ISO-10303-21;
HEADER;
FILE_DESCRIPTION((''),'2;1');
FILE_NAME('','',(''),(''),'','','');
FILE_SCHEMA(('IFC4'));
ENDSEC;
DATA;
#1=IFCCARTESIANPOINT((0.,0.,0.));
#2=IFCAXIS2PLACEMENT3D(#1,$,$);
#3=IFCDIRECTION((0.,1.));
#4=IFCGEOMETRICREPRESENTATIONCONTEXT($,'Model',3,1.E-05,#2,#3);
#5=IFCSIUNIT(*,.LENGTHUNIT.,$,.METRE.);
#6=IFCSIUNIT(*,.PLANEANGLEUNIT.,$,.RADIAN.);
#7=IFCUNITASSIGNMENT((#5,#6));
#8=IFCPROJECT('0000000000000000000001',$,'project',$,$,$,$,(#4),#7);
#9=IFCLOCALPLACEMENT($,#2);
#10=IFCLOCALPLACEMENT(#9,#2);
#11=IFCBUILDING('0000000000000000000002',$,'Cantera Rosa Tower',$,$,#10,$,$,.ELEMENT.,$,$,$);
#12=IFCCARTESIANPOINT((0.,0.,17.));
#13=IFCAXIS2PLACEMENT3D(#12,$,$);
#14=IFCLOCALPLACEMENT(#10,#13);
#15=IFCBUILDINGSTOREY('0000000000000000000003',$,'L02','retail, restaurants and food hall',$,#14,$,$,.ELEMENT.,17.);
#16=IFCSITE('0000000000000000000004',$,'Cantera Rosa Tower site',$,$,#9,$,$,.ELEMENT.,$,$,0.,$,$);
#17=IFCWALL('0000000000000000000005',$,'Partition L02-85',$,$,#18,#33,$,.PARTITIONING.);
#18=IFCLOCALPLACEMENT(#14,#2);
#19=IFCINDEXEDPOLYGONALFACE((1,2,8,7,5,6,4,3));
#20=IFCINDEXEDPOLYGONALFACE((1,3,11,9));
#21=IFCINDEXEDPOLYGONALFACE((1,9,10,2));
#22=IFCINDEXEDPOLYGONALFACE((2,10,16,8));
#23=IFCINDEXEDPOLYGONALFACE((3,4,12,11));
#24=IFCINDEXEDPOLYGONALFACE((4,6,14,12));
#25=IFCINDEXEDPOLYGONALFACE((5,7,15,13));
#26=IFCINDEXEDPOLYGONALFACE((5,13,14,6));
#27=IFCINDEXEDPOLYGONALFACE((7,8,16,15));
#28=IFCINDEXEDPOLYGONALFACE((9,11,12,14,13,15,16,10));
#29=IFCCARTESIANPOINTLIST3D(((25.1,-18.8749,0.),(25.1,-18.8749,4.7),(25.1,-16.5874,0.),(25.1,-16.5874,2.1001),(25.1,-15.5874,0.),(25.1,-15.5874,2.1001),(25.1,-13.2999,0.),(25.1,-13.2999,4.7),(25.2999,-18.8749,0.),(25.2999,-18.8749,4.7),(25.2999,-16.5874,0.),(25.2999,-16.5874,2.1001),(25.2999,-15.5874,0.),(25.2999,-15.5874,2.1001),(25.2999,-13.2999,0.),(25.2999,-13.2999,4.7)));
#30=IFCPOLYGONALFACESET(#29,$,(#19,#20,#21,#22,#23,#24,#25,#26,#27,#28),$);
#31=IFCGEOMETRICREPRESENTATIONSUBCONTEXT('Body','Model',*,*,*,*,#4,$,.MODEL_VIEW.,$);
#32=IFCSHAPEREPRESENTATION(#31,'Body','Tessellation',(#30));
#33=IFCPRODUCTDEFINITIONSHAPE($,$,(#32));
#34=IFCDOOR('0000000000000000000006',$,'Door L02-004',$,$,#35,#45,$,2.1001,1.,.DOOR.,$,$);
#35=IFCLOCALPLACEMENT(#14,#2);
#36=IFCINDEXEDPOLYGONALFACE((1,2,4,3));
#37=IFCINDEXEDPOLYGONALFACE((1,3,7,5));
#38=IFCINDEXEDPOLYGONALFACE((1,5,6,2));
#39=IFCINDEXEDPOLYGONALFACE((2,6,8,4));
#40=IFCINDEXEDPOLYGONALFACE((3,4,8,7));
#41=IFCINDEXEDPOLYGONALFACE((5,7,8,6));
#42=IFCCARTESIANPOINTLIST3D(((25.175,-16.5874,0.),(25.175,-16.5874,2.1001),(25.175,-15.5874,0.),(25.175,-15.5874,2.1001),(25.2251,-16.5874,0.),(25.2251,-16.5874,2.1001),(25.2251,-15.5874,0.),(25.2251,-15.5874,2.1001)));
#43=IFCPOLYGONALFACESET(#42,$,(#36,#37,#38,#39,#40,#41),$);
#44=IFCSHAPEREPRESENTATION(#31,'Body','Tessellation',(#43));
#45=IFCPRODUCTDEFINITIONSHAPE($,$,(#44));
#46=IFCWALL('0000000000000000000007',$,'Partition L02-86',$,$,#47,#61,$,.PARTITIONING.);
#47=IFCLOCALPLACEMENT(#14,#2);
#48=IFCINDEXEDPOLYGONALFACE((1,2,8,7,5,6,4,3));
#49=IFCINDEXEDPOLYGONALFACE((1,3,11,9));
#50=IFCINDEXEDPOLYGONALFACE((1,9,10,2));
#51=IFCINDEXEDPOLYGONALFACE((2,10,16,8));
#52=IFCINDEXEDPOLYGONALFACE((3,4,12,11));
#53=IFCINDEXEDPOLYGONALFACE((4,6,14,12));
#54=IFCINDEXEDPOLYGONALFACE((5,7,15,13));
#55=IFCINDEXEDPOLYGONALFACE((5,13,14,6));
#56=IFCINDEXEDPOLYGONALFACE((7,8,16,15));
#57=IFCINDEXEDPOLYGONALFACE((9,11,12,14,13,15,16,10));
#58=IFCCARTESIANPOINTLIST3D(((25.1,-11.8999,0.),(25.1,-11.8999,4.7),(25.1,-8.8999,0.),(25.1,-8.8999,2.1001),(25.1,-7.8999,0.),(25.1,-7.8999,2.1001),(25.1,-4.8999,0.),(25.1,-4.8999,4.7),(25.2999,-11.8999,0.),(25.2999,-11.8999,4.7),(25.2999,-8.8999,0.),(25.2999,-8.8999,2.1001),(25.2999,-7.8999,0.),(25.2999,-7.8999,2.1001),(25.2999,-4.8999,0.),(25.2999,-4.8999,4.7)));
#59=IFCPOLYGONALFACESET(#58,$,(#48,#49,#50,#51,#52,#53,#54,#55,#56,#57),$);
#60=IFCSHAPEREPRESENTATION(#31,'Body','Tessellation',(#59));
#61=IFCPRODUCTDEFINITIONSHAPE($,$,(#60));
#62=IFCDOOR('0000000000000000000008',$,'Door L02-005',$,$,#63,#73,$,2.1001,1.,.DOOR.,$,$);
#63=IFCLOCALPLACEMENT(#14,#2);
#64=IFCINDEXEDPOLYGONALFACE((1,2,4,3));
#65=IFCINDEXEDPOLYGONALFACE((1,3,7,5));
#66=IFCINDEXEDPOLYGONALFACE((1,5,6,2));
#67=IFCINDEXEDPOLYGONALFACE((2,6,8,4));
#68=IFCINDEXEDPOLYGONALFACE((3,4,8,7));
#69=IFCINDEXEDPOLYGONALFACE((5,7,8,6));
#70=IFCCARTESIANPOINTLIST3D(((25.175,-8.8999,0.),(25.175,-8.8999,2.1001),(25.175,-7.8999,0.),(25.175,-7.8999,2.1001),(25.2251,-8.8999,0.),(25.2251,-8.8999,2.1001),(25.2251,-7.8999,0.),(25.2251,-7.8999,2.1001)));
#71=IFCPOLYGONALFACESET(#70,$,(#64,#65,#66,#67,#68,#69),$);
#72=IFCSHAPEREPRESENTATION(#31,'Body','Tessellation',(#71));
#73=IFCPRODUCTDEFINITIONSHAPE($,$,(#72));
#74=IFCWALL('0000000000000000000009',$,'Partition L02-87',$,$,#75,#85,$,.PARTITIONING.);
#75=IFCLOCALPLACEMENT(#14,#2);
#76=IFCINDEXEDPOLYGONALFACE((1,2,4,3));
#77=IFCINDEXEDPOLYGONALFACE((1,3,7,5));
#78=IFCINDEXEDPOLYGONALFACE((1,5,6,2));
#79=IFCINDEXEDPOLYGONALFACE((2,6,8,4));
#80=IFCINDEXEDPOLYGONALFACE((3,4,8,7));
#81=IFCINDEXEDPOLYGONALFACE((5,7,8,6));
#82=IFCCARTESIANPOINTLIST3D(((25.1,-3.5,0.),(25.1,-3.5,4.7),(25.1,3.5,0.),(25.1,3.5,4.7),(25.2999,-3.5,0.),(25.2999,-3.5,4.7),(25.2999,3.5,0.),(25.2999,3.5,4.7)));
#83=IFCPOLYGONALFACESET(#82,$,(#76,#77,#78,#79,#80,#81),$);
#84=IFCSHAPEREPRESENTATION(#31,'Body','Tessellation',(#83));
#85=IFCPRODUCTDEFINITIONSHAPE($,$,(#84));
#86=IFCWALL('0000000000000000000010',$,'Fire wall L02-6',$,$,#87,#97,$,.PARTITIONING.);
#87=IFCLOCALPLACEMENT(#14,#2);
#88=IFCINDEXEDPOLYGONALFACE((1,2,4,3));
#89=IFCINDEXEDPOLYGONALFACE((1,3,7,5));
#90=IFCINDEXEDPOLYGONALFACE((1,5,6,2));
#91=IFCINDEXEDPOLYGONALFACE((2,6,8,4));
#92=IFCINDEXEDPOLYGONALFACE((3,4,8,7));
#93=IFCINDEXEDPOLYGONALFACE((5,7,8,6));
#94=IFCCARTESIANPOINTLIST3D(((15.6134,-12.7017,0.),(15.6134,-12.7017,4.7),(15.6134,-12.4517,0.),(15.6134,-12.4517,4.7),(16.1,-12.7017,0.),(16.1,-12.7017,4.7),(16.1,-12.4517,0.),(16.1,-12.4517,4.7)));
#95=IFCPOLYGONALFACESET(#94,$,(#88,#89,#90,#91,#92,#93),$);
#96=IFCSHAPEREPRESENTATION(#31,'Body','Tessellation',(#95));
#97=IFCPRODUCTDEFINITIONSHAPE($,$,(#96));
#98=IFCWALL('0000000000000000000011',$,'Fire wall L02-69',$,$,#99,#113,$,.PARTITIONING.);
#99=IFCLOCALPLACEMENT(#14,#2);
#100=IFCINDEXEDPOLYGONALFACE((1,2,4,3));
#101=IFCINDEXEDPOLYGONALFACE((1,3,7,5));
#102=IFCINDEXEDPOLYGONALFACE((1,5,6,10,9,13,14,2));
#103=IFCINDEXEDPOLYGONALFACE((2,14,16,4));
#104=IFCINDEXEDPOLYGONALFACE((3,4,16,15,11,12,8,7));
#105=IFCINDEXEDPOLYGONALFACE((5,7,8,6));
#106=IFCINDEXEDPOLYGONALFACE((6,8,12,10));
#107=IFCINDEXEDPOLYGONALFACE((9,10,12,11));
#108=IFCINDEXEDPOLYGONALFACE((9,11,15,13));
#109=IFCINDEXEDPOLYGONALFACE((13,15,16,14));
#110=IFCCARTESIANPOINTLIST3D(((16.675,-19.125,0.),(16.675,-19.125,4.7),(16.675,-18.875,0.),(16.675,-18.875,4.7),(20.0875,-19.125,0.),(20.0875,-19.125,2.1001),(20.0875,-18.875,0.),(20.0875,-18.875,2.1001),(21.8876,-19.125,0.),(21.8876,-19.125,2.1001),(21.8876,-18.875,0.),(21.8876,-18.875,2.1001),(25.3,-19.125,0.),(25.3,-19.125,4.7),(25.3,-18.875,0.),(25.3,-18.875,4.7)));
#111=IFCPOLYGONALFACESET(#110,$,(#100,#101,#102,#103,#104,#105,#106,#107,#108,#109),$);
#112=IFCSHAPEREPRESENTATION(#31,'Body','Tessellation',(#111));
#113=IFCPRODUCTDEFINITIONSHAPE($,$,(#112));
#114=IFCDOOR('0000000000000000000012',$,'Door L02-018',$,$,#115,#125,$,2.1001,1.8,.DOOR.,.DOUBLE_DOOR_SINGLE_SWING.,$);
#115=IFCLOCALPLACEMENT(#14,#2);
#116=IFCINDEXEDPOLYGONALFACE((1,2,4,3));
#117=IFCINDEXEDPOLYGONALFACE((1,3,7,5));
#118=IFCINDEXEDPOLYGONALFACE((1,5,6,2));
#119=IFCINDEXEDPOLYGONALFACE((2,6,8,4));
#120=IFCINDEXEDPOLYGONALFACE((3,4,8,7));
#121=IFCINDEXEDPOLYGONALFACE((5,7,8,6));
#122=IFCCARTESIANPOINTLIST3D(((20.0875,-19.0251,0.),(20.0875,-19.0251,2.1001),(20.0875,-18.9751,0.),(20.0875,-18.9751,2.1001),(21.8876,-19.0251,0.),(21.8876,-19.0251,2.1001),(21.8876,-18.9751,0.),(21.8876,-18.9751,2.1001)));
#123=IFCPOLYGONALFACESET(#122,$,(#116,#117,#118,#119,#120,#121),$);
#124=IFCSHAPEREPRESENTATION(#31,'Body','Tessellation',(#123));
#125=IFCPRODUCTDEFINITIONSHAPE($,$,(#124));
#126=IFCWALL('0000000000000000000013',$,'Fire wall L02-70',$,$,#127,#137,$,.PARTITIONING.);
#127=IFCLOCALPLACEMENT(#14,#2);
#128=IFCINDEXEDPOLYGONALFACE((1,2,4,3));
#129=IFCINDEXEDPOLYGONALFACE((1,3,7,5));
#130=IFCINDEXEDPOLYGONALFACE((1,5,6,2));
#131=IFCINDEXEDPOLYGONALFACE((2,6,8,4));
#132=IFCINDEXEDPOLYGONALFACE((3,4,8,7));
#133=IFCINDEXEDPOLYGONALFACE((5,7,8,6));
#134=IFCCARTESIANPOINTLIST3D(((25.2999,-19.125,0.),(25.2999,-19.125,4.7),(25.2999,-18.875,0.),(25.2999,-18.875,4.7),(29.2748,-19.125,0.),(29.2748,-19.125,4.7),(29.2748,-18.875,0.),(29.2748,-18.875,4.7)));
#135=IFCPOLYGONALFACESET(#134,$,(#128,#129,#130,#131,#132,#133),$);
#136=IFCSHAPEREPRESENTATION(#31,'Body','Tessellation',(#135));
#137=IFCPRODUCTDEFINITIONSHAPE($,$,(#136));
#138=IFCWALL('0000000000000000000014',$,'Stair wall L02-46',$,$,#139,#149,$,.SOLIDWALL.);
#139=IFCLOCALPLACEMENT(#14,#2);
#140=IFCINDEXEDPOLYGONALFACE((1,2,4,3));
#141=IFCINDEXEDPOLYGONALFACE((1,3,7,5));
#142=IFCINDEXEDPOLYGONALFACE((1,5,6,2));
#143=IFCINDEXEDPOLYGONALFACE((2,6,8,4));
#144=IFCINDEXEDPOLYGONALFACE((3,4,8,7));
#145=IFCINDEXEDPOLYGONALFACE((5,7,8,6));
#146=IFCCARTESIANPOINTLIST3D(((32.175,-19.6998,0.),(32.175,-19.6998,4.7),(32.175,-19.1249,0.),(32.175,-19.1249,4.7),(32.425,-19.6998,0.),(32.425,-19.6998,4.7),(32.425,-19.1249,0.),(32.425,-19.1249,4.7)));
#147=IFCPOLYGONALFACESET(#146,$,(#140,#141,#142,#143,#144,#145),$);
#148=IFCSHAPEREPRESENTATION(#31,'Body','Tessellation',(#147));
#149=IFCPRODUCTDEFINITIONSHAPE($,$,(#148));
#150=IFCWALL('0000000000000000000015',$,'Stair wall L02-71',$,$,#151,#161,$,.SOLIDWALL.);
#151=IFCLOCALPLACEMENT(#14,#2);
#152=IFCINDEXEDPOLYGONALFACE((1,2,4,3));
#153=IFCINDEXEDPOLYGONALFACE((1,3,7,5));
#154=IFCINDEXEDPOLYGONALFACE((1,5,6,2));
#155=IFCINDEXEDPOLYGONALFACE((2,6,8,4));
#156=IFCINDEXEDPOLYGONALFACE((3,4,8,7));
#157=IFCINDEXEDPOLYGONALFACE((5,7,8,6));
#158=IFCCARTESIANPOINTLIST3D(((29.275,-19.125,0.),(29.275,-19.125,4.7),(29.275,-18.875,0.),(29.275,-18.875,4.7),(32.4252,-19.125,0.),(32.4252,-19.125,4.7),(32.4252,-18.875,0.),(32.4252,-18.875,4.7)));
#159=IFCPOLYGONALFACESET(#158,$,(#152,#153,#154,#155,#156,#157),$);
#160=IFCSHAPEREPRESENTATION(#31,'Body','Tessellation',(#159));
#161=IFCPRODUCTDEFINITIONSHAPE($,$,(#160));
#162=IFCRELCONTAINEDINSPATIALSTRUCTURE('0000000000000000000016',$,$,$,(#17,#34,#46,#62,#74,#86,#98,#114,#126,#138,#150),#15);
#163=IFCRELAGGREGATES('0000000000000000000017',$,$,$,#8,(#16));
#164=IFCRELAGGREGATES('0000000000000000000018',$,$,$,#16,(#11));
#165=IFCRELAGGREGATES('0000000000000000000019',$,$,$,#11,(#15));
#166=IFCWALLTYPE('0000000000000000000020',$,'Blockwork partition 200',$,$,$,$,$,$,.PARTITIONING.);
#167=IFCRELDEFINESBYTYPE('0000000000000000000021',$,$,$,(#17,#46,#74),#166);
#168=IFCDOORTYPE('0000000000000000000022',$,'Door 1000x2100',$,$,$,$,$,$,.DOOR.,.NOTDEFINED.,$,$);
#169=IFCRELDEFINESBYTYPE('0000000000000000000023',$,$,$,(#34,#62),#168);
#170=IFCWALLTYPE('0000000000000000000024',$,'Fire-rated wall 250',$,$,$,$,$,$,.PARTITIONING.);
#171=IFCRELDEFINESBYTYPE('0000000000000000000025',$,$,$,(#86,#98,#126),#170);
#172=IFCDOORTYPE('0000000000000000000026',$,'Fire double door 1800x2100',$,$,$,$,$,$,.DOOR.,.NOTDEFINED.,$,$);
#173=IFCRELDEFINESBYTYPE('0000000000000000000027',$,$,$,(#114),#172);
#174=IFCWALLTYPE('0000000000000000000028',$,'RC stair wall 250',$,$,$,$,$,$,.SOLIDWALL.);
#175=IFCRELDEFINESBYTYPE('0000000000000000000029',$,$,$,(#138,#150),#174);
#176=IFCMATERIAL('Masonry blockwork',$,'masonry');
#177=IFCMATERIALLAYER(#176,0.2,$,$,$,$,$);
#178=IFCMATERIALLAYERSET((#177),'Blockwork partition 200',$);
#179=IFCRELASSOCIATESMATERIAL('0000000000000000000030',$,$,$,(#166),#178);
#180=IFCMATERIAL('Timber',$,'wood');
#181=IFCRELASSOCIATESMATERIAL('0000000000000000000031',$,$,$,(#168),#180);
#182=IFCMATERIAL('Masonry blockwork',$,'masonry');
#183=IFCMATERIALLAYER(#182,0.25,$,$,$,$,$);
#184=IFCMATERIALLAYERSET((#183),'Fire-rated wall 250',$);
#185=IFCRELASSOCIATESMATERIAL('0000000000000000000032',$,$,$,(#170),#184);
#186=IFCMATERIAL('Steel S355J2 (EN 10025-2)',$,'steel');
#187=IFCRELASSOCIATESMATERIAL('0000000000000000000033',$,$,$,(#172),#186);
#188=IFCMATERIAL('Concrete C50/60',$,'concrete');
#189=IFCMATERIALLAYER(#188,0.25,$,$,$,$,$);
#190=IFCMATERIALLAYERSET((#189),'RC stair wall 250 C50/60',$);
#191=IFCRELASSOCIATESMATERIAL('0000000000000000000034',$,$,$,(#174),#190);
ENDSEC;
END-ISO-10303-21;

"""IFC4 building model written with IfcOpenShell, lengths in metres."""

from ifc_helpers import new_model, si_unit, direction, frame, frame_2d, origin, place, context, subcontext, project, spatial, rectangle, extrude, material, layer, layer_set, type_object, element, fill, save


model = new_model("IFC4")

# Units and contexts
model_context = context("Model", 3, precision=1e-05, world=origin(), true_north=direction((0.0, 1.0)))
body_context = subcontext(model_context, "Body", "Model", "MODEL_VIEW")
ifc_project = project(units=[si_unit("LENGTHUNIT", "METRE"), si_unit("PLANEANGLEUNIT", "RADIAN")], contexts=[model_context])

# Site, building, storey
site_placement = place(None, origin())
site = spatial("IfcSite", under=ifc_project, at=site_placement, Name="Cantera Rosa Tower site", CompositionType="ELEMENT", RefElevation=0.0)
building_placement = place(site_placement, origin())
building = spatial("IfcBuilding", under=site, at=building_placement, Name="Cantera Rosa Tower", CompositionType="ELEMENT")
storey_placement = place(building_placement, frame((0.0, 0.0, 17.0)))
storey = spatial("IfcBuildingStorey", under=building, at=storey_placement, Name="L02", Description="retail, restaurants and food hall", CompositionType="ELEMENT", Elevation=17.0)

# Shared definitions
ifc_material_1 = material(Name="Masonry blockwork", Category="masonry")
ifc_layer_1 = layer(ifc_material_1, 0.2)
ifc_layer_set_1 = layer_set([ifc_layer_1], Name="Blockwork partition 200")
wall_type_1 = type_object("IfcWallType", Name="Blockwork partition 200", PredefinedType="PARTITIONING", material=ifc_layer_set_1)

# Shared definitions
ifc_material_2 = material(Name="Timber", Category="wood")
door_type_1 = type_object("IfcDoorType", Name="Door 1000x2100", OperationType="NOTDEFINED", PredefinedType="DOOR", material=ifc_material_2)

# Walls, openings, doors
wall_1_placement = place(storey_placement, frame((25.2, -18.875, 0.0), z_axis=(0.0, 0.0, 1.0), x_axis=(0.0, 1.0, 0.0)))
wall_1 = element("IfcWall", 1, at=wall_1_placement, inside=storey, type_object=wall_type_1, Name="Partition L02-85", PredefinedType="PARTITIONING", context=body_context, shape_type="SweptSolid", body=[
    extrude(rectangle(XDim=5.575, YDim=0.2, at=frame_2d((2.7876, 0.0))), origin(), (0.0, 0.0, 1.0), 4.7),
])
opening_1_placement = place(wall_1_placement, frame((2.2876, 0.0, 0.0)))
opening_1 = element("IfcOpeningElement", 2, at=opening_1_placement, cuts=wall_1, PredefinedType="OPENING", context=body_context, shape_type="SweptSolid", body=[
    extrude(rectangle(XDim=1.0, YDim=2.1001, at=frame_2d((0.5, 1.05))), frame((0.0, 0.1099, 0.0), z_axis=(0.0, -1.0, 0.0), x_axis=(1.0, 0.0, 0.0)), (0.0, 0.0, 1.0), 0.22),
])
door_1_placement = place(opening_1_placement, origin())
door_1 = element("IfcDoor", 3, at=door_1_placement, inside=storey, type_object=door_type_1, Name="Door L02-004", OverallHeight=2.1001, OverallWidth=1.0, PredefinedType="DOOR", context=body_context, shape_type="SweptSolid", body=[
    extrude(rectangle(XDim=1.0, YDim=2.1001, at=frame_2d((0.5, 1.05))), frame((0.0, 0.0249, 0.0), z_axis=(0.0, -1.0, 0.0), x_axis=(1.0, 0.0, 0.0)), (0.0, 0.0, 1.0), 0.05),
])
fill(opening_1, door_1)
wall_2_placement = place(storey_placement, frame((25.2, -11.8999, 0.0), z_axis=(0.0, 0.0, 1.0), x_axis=(0.0, 1.0, 0.0)))
wall_2 = element("IfcWall", 4, at=wall_2_placement, inside=storey, type_object=wall_type_1, Name="Partition L02-86", PredefinedType="PARTITIONING", context=body_context, shape_type="SweptSolid", body=[
    extrude(rectangle(XDim=7.0, YDim=0.2, at=frame_2d((3.5, 0.0))), origin(), (0.0, 0.0, 1.0), 4.7),
])
opening_2_placement = place(wall_2_placement, frame((3.0, 0.0, 0.0)))
opening_2 = element("IfcOpeningElement", 5, at=opening_2_placement, cuts=wall_2, PredefinedType="OPENING", context=body_context, shape_type="SweptSolid", body=[
    extrude(rectangle(XDim=1.0, YDim=2.1001, at=frame_2d((0.5, 1.05))), frame((0.0, 0.1099, 0.0), z_axis=(0.0, -1.0, 0.0), x_axis=(1.0, 0.0, 0.0)), (0.0, 0.0, 1.0), 0.22),
])
door_2_placement = place(opening_2_placement, origin())
door_2 = element("IfcDoor", 6, at=door_2_placement, inside=storey, type_object=door_type_1, Name="Door L02-005", OverallHeight=2.1001, OverallWidth=1.0, PredefinedType="DOOR", context=body_context, shape_type="SweptSolid", body=[
    extrude(rectangle(XDim=1.0, YDim=2.1001, at=frame_2d((0.5, 1.05))), frame((0.0, 0.0249, 0.0), z_axis=(0.0, -1.0, 0.0), x_axis=(1.0, 0.0, 0.0)), (0.0, 0.0, 1.0), 0.05),
])
fill(opening_2, door_2)

# Walls
wall_3_placement = place(storey_placement, frame((25.2, -3.5, 0.0), z_axis=(0.0, 0.0, 1.0), x_axis=(0.0, 1.0, 0.0)))
element("IfcWall", 7, at=wall_3_placement, inside=storey, type_object=wall_type_1, Name="Partition L02-87", PredefinedType="PARTITIONING", context=body_context, shape_type="SweptSolid", body=[
    extrude(rectangle(XDim=7.0, YDim=0.2, at=frame_2d((3.5, 0.0))), origin(), (0.0, 0.0, 1.0), 4.7),
])
ifc_material_3 = material(Name="Masonry blockwork", Category="masonry")
ifc_layer_2 = layer(ifc_material_3, 0.25)
ifc_layer_set_2 = layer_set([ifc_layer_2], Name="Fire-rated wall 250")
wall_type_2 = type_object("IfcWallType", Name="Fire-rated wall 250", PredefinedType="PARTITIONING", material=ifc_layer_set_2)
wall_4_placement = place(storey_placement, frame((15.6135, -12.5767, 0.0), z_axis=(0.0, 0.0, 1.0), x_axis=(1.0, 0.0, 0.0)))
element("IfcWall", 8, at=wall_4_placement, inside=storey, type_object=wall_type_2, Name="Fire wall L02-6", PredefinedType="PARTITIONING", context=body_context, shape_type="SweptSolid", body=[
    extrude(rectangle(XDim=0.4866, YDim=0.25, at=frame_2d((0.2432, 0.0))), origin(), (0.0, 0.0, 1.0), 4.7),
])

# Wall, opening, door
wall_5_placement = place(storey_placement, frame((16.675, -19.0, 0.0), z_axis=(0.0, 0.0, 1.0), x_axis=(1.0, 0.0, 0.0)))
wall_5 = element("IfcWall", 9, at=wall_5_placement, inside=storey, type_object=wall_type_2, Name="Fire wall L02-69", PredefinedType="PARTITIONING", context=body_context, shape_type="SweptSolid", body=[
    extrude(rectangle(XDim=8.625, YDim=0.25, at=frame_2d((4.3125, 0.0))), origin(), (0.0, 0.0, 1.0), 4.7),
])
opening_3_placement = place(wall_5_placement, frame((3.4126, 0.0, 0.0)))
opening_3 = element("IfcOpeningElement", 10, at=opening_3_placement, cuts=wall_5, PredefinedType="OPENING", context=body_context, shape_type="SweptSolid", body=[
    extrude(rectangle(XDim=1.8, YDim=2.1001, at=frame_2d((0.8999, 1.05))), frame((0.0, 0.135, 0.0), z_axis=(0.0, -1.0, 0.0), x_axis=(1.0, 0.0, 0.0)), (0.0, 0.0, 1.0), 0.27),
])
ifc_material_4 = material(Name="Steel S355J2 (EN 10025-2)", Category="steel")
door_type_2 = type_object("IfcDoorType", Name="Fire double door 1800x2100", OperationType="NOTDEFINED", PredefinedType="DOOR", material=ifc_material_4)
door_3_placement = place(opening_3_placement, origin())
door_3 = element("IfcDoor", 11, at=door_3_placement, inside=storey, type_object=door_type_2, Name="Door L02-018", OperationType="DOUBLE_DOOR_SINGLE_SWING", OverallHeight=2.1001, OverallWidth=1.8, PredefinedType="DOOR", context=body_context, shape_type="SweptSolid", body=[
    extrude(rectangle(XDim=1.8, YDim=2.1001, at=frame_2d((0.8999, 1.05))), frame((0.0, 0.0249, 0.0), z_axis=(0.0, -1.0, 0.0), x_axis=(1.0, 0.0, 0.0)), (0.0, 0.0, 1.0), 0.05),
])
fill(opening_3, door_3)

# Walls
wall_6_placement = place(storey_placement, frame((25.3, -19.0, 0.0), z_axis=(0.0, 0.0, 1.0), x_axis=(1.0, 0.0, 0.0)))
element("IfcWall", 12, at=wall_6_placement, inside=storey, type_object=wall_type_2, Name="Fire wall L02-70", PredefinedType="PARTITIONING", context=body_context, shape_type="SweptSolid", body=[
    extrude(rectangle(XDim=3.9749, YDim=0.25, at=frame_2d((1.9873, 0.0))), origin(), (0.0, 0.0, 1.0), 4.7),
])
ifc_material_5 = material(Name="Concrete C50/60", Category="concrete")
ifc_layer_3 = layer(ifc_material_5, 0.25)
ifc_layer_set_3 = layer_set([ifc_layer_3], Name="RC stair wall 250 C50/60")
wall_type_3 = type_object("IfcWallType", Name="RC stair wall 250", PredefinedType="SOLIDWALL", material=ifc_layer_set_3)
wall_7_placement = place(storey_placement, frame((32.3, -19.7, 0.0), z_axis=(0.0, 0.0, 1.0), x_axis=(0.0, 1.0, 0.0)))
element("IfcWall", 13, at=wall_7_placement, inside=storey, type_object=wall_type_3, Name="Stair wall L02-46", PredefinedType="SOLIDWALL", context=body_context, shape_type="SweptSolid", body=[
    extrude(rectangle(XDim=0.575, YDim=0.25, at=frame_2d((0.2876, 0.0))), origin(), (0.0, 0.0, 1.0), 4.7),
])
wall_8_placement = place(storey_placement, frame((29.2749, -19.0, 0.0), z_axis=(0.0, 0.0, 1.0), x_axis=(1.0, 0.0, 0.0)))
element("IfcWall", 14, at=wall_8_placement, inside=storey, type_object=wall_type_3, Name="Stair wall L02-71", PredefinedType="SOLIDWALL", context=body_context, shape_type="SweptSolid", body=[
    extrude(rectangle(XDim=3.1501, YDim=0.25, at=frame_2d((1.5752, 0.0))), origin(), (0.0, 0.0, 1.0), 4.7),
])

save(model, "model.ifc")
